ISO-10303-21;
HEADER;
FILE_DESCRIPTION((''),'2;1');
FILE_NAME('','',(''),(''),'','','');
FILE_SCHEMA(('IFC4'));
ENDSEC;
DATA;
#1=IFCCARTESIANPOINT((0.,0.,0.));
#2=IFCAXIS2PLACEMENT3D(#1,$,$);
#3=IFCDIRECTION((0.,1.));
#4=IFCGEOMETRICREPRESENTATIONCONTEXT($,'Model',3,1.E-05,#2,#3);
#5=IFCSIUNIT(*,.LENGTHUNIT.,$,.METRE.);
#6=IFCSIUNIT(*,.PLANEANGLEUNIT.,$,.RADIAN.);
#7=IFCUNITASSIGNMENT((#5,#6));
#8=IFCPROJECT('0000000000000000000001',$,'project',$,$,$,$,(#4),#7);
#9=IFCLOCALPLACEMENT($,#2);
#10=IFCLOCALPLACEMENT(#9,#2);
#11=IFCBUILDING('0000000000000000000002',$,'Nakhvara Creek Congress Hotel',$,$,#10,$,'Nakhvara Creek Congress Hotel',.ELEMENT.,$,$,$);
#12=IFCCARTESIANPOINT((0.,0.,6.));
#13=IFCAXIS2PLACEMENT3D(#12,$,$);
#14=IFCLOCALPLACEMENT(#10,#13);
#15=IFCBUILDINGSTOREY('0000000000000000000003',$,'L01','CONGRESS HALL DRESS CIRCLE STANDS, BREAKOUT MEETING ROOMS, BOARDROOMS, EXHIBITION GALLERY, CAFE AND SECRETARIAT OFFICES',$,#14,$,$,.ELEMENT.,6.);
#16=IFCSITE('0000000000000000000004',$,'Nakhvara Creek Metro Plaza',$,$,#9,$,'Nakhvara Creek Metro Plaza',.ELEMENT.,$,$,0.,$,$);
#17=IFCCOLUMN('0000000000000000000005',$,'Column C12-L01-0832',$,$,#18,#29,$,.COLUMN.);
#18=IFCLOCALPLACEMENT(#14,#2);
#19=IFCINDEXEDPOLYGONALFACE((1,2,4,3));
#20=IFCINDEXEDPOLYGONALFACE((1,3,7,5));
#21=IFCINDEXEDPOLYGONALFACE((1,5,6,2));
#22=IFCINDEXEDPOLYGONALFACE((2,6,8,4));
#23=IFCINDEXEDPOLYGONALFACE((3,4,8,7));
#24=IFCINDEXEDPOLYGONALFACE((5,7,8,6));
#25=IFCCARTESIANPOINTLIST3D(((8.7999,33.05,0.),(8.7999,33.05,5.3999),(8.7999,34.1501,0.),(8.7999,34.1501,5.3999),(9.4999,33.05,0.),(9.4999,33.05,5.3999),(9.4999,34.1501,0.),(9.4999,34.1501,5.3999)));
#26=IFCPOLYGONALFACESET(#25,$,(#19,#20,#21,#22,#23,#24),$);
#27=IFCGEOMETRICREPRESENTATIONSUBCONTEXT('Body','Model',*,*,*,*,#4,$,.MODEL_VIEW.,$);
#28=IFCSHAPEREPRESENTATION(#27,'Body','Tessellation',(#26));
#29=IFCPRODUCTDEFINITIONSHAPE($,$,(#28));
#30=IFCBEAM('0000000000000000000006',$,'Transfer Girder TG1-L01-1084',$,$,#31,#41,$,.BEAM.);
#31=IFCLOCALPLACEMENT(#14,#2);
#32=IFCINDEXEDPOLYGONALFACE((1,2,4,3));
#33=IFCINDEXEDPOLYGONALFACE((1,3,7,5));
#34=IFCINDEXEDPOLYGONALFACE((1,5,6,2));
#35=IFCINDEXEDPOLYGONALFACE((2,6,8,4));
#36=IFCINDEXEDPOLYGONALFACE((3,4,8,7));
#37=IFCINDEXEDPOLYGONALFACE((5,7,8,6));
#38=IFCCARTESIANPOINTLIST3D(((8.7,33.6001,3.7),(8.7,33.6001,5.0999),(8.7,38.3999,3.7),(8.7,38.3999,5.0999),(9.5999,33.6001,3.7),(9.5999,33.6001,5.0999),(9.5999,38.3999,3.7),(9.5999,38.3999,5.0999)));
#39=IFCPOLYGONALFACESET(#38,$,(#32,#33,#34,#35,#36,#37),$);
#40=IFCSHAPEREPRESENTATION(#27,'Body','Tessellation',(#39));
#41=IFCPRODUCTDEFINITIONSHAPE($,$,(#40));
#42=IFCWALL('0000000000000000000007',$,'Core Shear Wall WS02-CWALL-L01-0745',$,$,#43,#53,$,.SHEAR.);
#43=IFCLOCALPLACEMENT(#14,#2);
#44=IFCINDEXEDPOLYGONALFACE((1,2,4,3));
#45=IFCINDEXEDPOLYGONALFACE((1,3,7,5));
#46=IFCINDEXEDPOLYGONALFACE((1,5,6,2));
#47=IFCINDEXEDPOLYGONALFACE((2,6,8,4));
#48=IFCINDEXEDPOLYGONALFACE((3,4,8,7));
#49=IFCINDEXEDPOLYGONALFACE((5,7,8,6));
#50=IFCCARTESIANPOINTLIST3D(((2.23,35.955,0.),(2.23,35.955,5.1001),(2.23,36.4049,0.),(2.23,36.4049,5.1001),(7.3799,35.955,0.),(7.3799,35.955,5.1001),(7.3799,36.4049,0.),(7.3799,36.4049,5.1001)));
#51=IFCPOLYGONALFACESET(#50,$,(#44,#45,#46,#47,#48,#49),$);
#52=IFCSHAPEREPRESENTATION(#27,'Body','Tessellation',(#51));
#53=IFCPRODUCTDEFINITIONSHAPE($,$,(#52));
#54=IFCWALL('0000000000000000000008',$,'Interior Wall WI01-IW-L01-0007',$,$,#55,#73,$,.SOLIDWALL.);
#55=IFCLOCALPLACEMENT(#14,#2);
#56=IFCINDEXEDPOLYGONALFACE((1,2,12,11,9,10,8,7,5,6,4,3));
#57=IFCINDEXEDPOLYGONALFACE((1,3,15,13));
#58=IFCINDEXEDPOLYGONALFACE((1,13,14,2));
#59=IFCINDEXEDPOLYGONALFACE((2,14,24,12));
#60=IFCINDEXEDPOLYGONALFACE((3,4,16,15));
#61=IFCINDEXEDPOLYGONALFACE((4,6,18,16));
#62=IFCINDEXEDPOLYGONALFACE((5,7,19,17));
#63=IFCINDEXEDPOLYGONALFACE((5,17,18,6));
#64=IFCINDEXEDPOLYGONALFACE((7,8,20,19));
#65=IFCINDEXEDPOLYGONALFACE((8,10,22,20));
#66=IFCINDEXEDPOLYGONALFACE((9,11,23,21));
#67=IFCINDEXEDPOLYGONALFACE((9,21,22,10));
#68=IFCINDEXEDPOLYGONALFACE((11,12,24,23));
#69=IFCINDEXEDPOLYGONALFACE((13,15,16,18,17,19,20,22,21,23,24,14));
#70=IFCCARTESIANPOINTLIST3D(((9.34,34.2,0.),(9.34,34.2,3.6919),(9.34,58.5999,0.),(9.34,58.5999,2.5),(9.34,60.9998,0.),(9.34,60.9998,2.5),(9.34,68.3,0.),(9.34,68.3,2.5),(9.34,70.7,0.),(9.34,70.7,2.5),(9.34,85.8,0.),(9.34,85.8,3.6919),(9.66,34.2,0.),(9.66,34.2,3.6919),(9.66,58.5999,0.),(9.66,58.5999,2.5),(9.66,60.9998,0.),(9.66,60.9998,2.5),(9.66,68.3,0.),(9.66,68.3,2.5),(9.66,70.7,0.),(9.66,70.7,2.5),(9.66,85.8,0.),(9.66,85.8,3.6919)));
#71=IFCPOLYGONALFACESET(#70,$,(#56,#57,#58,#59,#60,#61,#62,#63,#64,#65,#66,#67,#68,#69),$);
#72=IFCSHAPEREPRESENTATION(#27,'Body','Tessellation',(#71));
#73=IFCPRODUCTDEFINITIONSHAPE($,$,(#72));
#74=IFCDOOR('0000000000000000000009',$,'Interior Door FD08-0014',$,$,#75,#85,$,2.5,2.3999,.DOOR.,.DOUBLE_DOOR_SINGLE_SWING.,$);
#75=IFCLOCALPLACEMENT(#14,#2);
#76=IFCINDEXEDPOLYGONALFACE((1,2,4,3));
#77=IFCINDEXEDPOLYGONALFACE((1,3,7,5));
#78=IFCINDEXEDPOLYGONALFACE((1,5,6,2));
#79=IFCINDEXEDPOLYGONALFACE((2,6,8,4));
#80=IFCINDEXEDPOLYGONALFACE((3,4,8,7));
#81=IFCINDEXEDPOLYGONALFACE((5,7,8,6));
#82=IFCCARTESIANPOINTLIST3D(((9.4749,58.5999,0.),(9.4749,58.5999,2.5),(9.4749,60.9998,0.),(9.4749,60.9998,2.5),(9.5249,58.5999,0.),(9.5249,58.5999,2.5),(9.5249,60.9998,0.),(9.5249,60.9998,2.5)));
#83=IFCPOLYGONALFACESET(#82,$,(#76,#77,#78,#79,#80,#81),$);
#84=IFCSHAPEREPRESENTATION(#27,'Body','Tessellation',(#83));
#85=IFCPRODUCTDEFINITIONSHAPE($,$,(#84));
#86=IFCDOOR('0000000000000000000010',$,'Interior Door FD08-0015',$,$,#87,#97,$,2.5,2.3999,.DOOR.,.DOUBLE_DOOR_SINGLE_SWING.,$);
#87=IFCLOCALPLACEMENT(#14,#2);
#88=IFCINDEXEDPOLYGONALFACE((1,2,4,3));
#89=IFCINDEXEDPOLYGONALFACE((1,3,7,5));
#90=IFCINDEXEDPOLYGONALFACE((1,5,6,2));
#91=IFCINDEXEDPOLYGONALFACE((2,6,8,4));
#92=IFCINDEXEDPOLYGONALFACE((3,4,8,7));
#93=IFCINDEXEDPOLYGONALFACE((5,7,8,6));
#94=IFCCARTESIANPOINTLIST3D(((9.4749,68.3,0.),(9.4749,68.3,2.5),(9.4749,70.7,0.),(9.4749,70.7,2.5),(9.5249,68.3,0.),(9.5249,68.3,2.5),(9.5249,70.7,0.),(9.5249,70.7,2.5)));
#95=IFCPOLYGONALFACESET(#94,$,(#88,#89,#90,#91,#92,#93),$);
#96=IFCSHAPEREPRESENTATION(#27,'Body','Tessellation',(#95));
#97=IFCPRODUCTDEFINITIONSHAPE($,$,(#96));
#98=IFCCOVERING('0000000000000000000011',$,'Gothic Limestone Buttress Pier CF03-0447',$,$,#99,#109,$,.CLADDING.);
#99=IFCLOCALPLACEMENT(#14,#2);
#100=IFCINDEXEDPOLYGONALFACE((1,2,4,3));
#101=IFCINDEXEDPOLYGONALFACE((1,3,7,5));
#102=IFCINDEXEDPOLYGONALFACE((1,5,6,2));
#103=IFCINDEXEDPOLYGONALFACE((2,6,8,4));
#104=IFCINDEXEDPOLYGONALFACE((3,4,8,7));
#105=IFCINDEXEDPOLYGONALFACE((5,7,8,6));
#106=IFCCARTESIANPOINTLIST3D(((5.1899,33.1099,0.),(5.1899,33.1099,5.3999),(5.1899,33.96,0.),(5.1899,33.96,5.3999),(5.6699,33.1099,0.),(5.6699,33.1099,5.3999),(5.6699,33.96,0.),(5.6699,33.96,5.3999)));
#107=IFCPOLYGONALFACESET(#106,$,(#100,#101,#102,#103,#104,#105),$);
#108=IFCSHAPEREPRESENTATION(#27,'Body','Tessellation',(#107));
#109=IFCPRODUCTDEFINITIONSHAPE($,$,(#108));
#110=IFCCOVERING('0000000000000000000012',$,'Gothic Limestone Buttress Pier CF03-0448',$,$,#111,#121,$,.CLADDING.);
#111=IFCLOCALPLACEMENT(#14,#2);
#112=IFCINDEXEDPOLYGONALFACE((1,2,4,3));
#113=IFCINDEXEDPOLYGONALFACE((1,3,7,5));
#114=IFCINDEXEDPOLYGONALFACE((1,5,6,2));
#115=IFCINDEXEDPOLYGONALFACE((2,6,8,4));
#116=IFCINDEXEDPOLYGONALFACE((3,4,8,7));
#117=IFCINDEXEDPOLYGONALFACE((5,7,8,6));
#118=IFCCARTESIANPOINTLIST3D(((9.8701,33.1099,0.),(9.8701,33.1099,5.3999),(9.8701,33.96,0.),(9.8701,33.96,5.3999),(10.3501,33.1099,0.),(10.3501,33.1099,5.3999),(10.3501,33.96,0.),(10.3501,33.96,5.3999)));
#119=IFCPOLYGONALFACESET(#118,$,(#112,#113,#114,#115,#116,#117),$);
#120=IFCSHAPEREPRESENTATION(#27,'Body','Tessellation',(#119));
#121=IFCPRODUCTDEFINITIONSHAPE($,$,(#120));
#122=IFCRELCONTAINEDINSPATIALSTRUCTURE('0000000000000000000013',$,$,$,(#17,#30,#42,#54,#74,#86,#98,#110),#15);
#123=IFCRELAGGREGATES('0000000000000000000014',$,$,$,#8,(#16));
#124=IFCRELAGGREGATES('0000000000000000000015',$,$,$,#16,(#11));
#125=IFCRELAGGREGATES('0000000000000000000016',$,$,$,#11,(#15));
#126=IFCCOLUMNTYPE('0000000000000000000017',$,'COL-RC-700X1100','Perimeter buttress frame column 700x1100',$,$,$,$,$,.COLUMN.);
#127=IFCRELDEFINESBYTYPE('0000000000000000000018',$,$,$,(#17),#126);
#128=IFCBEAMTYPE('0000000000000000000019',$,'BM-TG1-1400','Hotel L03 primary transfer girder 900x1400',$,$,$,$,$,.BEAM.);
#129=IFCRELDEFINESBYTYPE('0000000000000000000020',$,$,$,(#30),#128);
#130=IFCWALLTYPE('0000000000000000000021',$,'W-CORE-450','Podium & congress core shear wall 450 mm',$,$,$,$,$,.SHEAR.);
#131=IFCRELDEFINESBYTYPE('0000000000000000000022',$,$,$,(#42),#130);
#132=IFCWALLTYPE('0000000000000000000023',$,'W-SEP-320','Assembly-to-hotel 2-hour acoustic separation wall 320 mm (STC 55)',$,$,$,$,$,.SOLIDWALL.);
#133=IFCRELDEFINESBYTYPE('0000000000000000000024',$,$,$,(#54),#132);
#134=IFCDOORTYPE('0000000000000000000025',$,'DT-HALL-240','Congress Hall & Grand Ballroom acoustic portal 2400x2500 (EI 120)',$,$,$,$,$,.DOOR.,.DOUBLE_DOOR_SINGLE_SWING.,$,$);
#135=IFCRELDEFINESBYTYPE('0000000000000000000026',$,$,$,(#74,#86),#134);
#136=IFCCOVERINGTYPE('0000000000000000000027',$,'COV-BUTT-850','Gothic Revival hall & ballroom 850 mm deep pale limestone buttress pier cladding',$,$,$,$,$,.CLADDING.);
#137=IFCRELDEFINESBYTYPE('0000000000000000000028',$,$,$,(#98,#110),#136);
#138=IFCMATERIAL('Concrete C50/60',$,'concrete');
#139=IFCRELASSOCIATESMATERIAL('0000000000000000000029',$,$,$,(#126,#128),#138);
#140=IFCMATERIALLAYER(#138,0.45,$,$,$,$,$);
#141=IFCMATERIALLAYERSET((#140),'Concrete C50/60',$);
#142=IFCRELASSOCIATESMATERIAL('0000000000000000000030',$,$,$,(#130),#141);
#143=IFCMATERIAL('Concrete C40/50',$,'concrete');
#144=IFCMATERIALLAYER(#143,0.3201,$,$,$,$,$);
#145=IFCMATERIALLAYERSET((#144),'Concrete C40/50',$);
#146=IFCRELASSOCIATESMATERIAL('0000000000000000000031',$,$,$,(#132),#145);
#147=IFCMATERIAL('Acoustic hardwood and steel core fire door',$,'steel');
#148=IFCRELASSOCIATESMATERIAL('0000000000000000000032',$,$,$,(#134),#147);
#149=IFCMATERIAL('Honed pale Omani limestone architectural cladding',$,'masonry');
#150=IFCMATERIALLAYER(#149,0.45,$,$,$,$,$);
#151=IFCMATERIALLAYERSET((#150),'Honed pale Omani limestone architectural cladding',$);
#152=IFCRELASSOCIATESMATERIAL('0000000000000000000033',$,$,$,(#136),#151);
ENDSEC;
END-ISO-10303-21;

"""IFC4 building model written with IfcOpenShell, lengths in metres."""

from ifc_helpers import new_model, si_unit, direction, frame, frame_2d, origin, origin_2d, place, context, subcontext, project, spatial, rectangle, extrude, material, layer, layer_set, material_profile, profile_set, type_object, element, fill, save


model = new_model("IFC4")

# Units and contexts
model_context = context("Model", 3, precision=1e-05, world=origin(), true_north=direction((0.0, 1.0)))
body_context = subcontext(model_context, "Body", "Model", "MODEL_VIEW")
ifc_project = project(units=[si_unit("LENGTHUNIT", "METRE"), si_unit("PLANEANGLEUNIT", "RADIAN")], contexts=[model_context])

# Site, building, storey
site_placement = place(None, origin())
site = spatial("IfcSite", under=ifc_project, at=site_placement, Name="Nakhvara Creek Metro Plaza", LongName="Nakhvara Creek Metro Plaza", CompositionType="ELEMENT", RefElevation=0.0)
building_placement = place(site_placement, origin())
building = spatial("IfcBuilding", under=site, at=building_placement, Name="Nakhvara Creek Congress Hotel", LongName="Nakhvara Creek Congress Hotel", CompositionType="ELEMENT")
storey_placement = place(building_placement, frame((0.0, 0.0, 6.0)))
storey = spatial("IfcBuildingStorey", under=building, at=storey_placement, Name="L01", Description="CONGRESS HALL DRESS CIRCLE STANDS, BREAKOUT MEETING ROOMS, BOARDROOMS, EXHIBITION GALLERY, CAFE AND SECRETARIAT OFFICES", CompositionType="ELEMENT", Elevation=6.0)

# Column
ifc_material_1 = material(Name="Concrete C50/60", Category="concrete")
ifc_material_profile_1 = material_profile(ifc_material_1, rectangle(XDim=0.7, YDim=1.1001, at=origin_2d()), Name="RC-COL 700x1100", Category="LoadBearing")
ifc_profile_set_1 = profile_set([ifc_material_profile_1], Name="Concrete C50/60")
column_type = type_object("IfcColumnType", Name="COL-RC-700X1100", Description="Perimeter buttress frame column 700x1100", PredefinedType="COLUMN", material=ifc_profile_set_1)
column_placement = place(storey_placement, frame((9.1499, 33.6001, 0.0), z_axis=(0.0, 0.0, 1.0), x_axis=(1.0, 0.0, 0.0)))
element("IfcColumn", 1, at=column_placement, inside=storey, type_object=column_type, Name="Column C12-L01-0832", PredefinedType="COLUMN", context=body_context, shape_type="SweptSolid", body=[
    extrude(rectangle(XDim=0.7, YDim=1.1001, at=origin_2d()), origin(), (0.0, 0.0, 1.0), 5.3999),
])

# Beam
ifc_material_profile_2 = material_profile(ifc_material_1, rectangle(XDim=0.8999, YDim=1.3999, at=origin_2d()), Name="RC-TG 900x1400", Category="LoadBearing")
ifc_profile_set_2 = profile_set([ifc_material_profile_2], Name="Concrete C50/60")
beam_type = type_object("IfcBeamType", Name="BM-TG1-1400", Description="Hotel L03 primary transfer girder 900x1400", PredefinedType="BEAM", material=ifc_profile_set_2)
beam_placement = place(storey_placement, frame((9.1499, 33.6001, 4.3999), z_axis=(0.0, 1.0, 0.0), x_axis=(-1.0, 0.0, 0.0)))
element("IfcBeam", 2, at=beam_placement, inside=storey, type_object=beam_type, Name="Transfer Girder TG1-L01-1084", PredefinedType="BEAM", context=body_context, shape_type="SweptSolid", body=[
    extrude(rectangle(XDim=0.8999, YDim=1.3999, at=origin_2d()), origin(), (0.0, 0.0, 1.0), 4.7998),
])

# Wall
ifc_layer_1 = layer(ifc_material_1, 0.45)
ifc_layer_set_1 = layer_set([ifc_layer_1], Name="Concrete C50/60")
wall_type_1 = type_object("IfcWallType", Name="W-CORE-450", Description="Podium & congress core shear wall 450 mm", PredefinedType="SHEAR", material=ifc_layer_set_1)
wall_1_placement = place(storey_placement, frame((2.23, 36.1799, 0.0), z_axis=(0.0, 0.0, 1.0), x_axis=(1.0, 0.0, 0.0)))
element("IfcWall", 3, at=wall_1_placement, inside=storey, type_object=wall_type_1, Name="Core Shear Wall WS02-CWALL-L01-0745", PredefinedType="SHEAR", context=body_context, shape_type="SweptSolid", body=[
    extrude(rectangle(XDim=5.1499, YDim=0.45, at=frame_2d((2.575, 0.0))), origin(), (0.0, 0.0, 1.0), 5.1001),
])

# Wall, openings, doors
ifc_material_2 = material(Name="Concrete C40/50", Category="concrete")
ifc_layer_2 = layer(ifc_material_2, 0.3201)
ifc_layer_set_2 = layer_set([ifc_layer_2], Name="Concrete C40/50")
wall_type_2 = type_object("IfcWallType", Name="W-SEP-320", Description="Assembly-to-hotel 2-hour acoustic separation wall 320 mm (STC 55)", PredefinedType="SOLIDWALL", material=ifc_layer_set_2)
wall_2_placement = place(storey_placement, frame((9.5, 34.2, 0.0), z_axis=(0.0, 0.0, 1.0), x_axis=(0.0, 1.0, 0.0)))
wall_2 = element("IfcWall", 4, at=wall_2_placement, inside=storey, type_object=wall_type_2, Name="Interior Wall WI01-IW-L01-0007", PredefinedType="SOLIDWALL", context=body_context, shape_type="SweptSolid", body=[
    extrude(rectangle(XDim=51.6001, YDim=0.3201, at=frame_2d((25.8, 0.0))), origin(), (0.0, 0.0, 1.0), 3.6919),
])
opening_1_placement = place(wall_2_placement, frame((24.3999, 0.0, 0.0)))
opening_1 = element("IfcOpeningElement", 5, at=opening_1_placement, cuts=wall_2, PredefinedType="OPENING", context=body_context, shape_type="SweptSolid", body=[
    extrude(rectangle(XDim=2.3999, YDim=2.5, at=frame_2d((1.2, 1.25))), frame((0.0, 0.1719, 0.0), z_axis=(0.0, -1.0, 0.0), x_axis=(1.0, 0.0, 0.0)), (0.0, 0.0, 1.0), 0.344),
])
opening_2_placement = place(wall_2_placement, frame((34.1001, 0.0, 0.0)))
opening_2 = element("IfcOpeningElement", 6, at=opening_2_placement, cuts=wall_2, PredefinedType="OPENING", context=body_context, shape_type="SweptSolid", body=[
    extrude(rectangle(XDim=2.3999, YDim=2.5, at=frame_2d((1.2, 1.25))), frame((0.0, 0.1719, 0.0), z_axis=(0.0, -1.0, 0.0), x_axis=(1.0, 0.0, 0.0)), (0.0, 0.0, 1.0), 0.344),
])
ifc_material_3 = material(Name="Acoustic hardwood and steel core fire door", Category="steel")
door_type = type_object("IfcDoorType", Name="DT-HALL-240", Description="Congress Hall & Grand Ballroom acoustic portal 2400x2500 (EI 120)", OperationType="DOUBLE_DOOR_SINGLE_SWING", PredefinedType="DOOR", material=ifc_material_3)
door_1_placement = place(opening_1_placement, frame((2.3999, 0.0, 0.0), z_axis=(0.0, 0.0, 1.0), x_axis=(-1.0, 0.0, 0.0)))
door_1 = element("IfcDoor", 7, at=door_1_placement, inside=storey, type_object=door_type, Name="Interior Door FD08-0014", OperationType="DOUBLE_DOOR_SINGLE_SWING", OverallHeight=2.5, OverallWidth=2.3999, PredefinedType="DOOR", context=body_context, shape_type="SweptSolid", body=[
    extrude(rectangle(XDim=2.3999, YDim=2.5, at=frame_2d((1.2, 1.25))), frame((0.0, 0.0249, 0.0), z_axis=(0.0, -1.0, 0.0), x_axis=(1.0, 0.0, 0.0)), (0.0, 0.0, 1.0), 0.05),
])
fill(opening_1, door_1)
door_2_placement = place(opening_2_placement, frame((2.3999, 0.0, 0.0), z_axis=(0.0, 0.0, 1.0), x_axis=(-1.0, 0.0, 0.0)))
door_2 = element("IfcDoor", 8, at=door_2_placement, inside=storey, type_object=door_type, Name="Interior Door FD08-0015", OperationType="DOUBLE_DOOR_SINGLE_SWING", OverallHeight=2.5, OverallWidth=2.3999, PredefinedType="DOOR", context=body_context, shape_type="SweptSolid", body=[
    extrude(rectangle(XDim=2.3999, YDim=2.5, at=frame_2d((1.2, 1.25))), frame((0.0, 0.0249, 0.0), z_axis=(0.0, -1.0, 0.0), x_axis=(1.0, 0.0, 0.0)), (0.0, 0.0, 1.0), 0.05),
])
fill(opening_2, door_2)

# Coverings
ifc_material_4 = material(Name="Honed pale Omani limestone architectural cladding", Category="masonry")
ifc_layer_3 = layer(ifc_material_4, 0.45)
ifc_layer_set_3 = layer_set([ifc_layer_3], Name="Honed pale Omani limestone architectural cladding")
covering_type = type_object("IfcCoveringType", Name="COV-BUTT-850", Description="Gothic Revival hall & ballroom 850 mm deep pale limestone buttress pier cladding", PredefinedType="CLADDING", material=ifc_layer_set_3)
for number, where, z_axis, x_axis, name in (
    (9, (5.4299, 33.5349, 0.0), (0.0, 0.0, 1.0), (1.0, 0.0, 0.0), "Gothic Limestone Buttress Pier CF03-0447"),
    (10, (10.1101, 33.5349, 0.0), (0.0, 0.0, 1.0), (1.0, 0.0, 0.0), "Gothic Limestone Buttress Pier CF03-0448"),
):
    element("IfcCovering", number, at=place(storey_placement, frame(where, z_axis=z_axis, x_axis=x_axis)), inside=storey, type_object=covering_type, Name=name, PredefinedType="CLADDING", context=body_context, shape_type="SweptSolid", body=[
        extrude(rectangle(XDim=0.48, YDim=0.8501, at=origin_2d()), origin(), (0.0, 0.0, 1.0), 5.3999),
    ])

save(model, "model.ifc")
